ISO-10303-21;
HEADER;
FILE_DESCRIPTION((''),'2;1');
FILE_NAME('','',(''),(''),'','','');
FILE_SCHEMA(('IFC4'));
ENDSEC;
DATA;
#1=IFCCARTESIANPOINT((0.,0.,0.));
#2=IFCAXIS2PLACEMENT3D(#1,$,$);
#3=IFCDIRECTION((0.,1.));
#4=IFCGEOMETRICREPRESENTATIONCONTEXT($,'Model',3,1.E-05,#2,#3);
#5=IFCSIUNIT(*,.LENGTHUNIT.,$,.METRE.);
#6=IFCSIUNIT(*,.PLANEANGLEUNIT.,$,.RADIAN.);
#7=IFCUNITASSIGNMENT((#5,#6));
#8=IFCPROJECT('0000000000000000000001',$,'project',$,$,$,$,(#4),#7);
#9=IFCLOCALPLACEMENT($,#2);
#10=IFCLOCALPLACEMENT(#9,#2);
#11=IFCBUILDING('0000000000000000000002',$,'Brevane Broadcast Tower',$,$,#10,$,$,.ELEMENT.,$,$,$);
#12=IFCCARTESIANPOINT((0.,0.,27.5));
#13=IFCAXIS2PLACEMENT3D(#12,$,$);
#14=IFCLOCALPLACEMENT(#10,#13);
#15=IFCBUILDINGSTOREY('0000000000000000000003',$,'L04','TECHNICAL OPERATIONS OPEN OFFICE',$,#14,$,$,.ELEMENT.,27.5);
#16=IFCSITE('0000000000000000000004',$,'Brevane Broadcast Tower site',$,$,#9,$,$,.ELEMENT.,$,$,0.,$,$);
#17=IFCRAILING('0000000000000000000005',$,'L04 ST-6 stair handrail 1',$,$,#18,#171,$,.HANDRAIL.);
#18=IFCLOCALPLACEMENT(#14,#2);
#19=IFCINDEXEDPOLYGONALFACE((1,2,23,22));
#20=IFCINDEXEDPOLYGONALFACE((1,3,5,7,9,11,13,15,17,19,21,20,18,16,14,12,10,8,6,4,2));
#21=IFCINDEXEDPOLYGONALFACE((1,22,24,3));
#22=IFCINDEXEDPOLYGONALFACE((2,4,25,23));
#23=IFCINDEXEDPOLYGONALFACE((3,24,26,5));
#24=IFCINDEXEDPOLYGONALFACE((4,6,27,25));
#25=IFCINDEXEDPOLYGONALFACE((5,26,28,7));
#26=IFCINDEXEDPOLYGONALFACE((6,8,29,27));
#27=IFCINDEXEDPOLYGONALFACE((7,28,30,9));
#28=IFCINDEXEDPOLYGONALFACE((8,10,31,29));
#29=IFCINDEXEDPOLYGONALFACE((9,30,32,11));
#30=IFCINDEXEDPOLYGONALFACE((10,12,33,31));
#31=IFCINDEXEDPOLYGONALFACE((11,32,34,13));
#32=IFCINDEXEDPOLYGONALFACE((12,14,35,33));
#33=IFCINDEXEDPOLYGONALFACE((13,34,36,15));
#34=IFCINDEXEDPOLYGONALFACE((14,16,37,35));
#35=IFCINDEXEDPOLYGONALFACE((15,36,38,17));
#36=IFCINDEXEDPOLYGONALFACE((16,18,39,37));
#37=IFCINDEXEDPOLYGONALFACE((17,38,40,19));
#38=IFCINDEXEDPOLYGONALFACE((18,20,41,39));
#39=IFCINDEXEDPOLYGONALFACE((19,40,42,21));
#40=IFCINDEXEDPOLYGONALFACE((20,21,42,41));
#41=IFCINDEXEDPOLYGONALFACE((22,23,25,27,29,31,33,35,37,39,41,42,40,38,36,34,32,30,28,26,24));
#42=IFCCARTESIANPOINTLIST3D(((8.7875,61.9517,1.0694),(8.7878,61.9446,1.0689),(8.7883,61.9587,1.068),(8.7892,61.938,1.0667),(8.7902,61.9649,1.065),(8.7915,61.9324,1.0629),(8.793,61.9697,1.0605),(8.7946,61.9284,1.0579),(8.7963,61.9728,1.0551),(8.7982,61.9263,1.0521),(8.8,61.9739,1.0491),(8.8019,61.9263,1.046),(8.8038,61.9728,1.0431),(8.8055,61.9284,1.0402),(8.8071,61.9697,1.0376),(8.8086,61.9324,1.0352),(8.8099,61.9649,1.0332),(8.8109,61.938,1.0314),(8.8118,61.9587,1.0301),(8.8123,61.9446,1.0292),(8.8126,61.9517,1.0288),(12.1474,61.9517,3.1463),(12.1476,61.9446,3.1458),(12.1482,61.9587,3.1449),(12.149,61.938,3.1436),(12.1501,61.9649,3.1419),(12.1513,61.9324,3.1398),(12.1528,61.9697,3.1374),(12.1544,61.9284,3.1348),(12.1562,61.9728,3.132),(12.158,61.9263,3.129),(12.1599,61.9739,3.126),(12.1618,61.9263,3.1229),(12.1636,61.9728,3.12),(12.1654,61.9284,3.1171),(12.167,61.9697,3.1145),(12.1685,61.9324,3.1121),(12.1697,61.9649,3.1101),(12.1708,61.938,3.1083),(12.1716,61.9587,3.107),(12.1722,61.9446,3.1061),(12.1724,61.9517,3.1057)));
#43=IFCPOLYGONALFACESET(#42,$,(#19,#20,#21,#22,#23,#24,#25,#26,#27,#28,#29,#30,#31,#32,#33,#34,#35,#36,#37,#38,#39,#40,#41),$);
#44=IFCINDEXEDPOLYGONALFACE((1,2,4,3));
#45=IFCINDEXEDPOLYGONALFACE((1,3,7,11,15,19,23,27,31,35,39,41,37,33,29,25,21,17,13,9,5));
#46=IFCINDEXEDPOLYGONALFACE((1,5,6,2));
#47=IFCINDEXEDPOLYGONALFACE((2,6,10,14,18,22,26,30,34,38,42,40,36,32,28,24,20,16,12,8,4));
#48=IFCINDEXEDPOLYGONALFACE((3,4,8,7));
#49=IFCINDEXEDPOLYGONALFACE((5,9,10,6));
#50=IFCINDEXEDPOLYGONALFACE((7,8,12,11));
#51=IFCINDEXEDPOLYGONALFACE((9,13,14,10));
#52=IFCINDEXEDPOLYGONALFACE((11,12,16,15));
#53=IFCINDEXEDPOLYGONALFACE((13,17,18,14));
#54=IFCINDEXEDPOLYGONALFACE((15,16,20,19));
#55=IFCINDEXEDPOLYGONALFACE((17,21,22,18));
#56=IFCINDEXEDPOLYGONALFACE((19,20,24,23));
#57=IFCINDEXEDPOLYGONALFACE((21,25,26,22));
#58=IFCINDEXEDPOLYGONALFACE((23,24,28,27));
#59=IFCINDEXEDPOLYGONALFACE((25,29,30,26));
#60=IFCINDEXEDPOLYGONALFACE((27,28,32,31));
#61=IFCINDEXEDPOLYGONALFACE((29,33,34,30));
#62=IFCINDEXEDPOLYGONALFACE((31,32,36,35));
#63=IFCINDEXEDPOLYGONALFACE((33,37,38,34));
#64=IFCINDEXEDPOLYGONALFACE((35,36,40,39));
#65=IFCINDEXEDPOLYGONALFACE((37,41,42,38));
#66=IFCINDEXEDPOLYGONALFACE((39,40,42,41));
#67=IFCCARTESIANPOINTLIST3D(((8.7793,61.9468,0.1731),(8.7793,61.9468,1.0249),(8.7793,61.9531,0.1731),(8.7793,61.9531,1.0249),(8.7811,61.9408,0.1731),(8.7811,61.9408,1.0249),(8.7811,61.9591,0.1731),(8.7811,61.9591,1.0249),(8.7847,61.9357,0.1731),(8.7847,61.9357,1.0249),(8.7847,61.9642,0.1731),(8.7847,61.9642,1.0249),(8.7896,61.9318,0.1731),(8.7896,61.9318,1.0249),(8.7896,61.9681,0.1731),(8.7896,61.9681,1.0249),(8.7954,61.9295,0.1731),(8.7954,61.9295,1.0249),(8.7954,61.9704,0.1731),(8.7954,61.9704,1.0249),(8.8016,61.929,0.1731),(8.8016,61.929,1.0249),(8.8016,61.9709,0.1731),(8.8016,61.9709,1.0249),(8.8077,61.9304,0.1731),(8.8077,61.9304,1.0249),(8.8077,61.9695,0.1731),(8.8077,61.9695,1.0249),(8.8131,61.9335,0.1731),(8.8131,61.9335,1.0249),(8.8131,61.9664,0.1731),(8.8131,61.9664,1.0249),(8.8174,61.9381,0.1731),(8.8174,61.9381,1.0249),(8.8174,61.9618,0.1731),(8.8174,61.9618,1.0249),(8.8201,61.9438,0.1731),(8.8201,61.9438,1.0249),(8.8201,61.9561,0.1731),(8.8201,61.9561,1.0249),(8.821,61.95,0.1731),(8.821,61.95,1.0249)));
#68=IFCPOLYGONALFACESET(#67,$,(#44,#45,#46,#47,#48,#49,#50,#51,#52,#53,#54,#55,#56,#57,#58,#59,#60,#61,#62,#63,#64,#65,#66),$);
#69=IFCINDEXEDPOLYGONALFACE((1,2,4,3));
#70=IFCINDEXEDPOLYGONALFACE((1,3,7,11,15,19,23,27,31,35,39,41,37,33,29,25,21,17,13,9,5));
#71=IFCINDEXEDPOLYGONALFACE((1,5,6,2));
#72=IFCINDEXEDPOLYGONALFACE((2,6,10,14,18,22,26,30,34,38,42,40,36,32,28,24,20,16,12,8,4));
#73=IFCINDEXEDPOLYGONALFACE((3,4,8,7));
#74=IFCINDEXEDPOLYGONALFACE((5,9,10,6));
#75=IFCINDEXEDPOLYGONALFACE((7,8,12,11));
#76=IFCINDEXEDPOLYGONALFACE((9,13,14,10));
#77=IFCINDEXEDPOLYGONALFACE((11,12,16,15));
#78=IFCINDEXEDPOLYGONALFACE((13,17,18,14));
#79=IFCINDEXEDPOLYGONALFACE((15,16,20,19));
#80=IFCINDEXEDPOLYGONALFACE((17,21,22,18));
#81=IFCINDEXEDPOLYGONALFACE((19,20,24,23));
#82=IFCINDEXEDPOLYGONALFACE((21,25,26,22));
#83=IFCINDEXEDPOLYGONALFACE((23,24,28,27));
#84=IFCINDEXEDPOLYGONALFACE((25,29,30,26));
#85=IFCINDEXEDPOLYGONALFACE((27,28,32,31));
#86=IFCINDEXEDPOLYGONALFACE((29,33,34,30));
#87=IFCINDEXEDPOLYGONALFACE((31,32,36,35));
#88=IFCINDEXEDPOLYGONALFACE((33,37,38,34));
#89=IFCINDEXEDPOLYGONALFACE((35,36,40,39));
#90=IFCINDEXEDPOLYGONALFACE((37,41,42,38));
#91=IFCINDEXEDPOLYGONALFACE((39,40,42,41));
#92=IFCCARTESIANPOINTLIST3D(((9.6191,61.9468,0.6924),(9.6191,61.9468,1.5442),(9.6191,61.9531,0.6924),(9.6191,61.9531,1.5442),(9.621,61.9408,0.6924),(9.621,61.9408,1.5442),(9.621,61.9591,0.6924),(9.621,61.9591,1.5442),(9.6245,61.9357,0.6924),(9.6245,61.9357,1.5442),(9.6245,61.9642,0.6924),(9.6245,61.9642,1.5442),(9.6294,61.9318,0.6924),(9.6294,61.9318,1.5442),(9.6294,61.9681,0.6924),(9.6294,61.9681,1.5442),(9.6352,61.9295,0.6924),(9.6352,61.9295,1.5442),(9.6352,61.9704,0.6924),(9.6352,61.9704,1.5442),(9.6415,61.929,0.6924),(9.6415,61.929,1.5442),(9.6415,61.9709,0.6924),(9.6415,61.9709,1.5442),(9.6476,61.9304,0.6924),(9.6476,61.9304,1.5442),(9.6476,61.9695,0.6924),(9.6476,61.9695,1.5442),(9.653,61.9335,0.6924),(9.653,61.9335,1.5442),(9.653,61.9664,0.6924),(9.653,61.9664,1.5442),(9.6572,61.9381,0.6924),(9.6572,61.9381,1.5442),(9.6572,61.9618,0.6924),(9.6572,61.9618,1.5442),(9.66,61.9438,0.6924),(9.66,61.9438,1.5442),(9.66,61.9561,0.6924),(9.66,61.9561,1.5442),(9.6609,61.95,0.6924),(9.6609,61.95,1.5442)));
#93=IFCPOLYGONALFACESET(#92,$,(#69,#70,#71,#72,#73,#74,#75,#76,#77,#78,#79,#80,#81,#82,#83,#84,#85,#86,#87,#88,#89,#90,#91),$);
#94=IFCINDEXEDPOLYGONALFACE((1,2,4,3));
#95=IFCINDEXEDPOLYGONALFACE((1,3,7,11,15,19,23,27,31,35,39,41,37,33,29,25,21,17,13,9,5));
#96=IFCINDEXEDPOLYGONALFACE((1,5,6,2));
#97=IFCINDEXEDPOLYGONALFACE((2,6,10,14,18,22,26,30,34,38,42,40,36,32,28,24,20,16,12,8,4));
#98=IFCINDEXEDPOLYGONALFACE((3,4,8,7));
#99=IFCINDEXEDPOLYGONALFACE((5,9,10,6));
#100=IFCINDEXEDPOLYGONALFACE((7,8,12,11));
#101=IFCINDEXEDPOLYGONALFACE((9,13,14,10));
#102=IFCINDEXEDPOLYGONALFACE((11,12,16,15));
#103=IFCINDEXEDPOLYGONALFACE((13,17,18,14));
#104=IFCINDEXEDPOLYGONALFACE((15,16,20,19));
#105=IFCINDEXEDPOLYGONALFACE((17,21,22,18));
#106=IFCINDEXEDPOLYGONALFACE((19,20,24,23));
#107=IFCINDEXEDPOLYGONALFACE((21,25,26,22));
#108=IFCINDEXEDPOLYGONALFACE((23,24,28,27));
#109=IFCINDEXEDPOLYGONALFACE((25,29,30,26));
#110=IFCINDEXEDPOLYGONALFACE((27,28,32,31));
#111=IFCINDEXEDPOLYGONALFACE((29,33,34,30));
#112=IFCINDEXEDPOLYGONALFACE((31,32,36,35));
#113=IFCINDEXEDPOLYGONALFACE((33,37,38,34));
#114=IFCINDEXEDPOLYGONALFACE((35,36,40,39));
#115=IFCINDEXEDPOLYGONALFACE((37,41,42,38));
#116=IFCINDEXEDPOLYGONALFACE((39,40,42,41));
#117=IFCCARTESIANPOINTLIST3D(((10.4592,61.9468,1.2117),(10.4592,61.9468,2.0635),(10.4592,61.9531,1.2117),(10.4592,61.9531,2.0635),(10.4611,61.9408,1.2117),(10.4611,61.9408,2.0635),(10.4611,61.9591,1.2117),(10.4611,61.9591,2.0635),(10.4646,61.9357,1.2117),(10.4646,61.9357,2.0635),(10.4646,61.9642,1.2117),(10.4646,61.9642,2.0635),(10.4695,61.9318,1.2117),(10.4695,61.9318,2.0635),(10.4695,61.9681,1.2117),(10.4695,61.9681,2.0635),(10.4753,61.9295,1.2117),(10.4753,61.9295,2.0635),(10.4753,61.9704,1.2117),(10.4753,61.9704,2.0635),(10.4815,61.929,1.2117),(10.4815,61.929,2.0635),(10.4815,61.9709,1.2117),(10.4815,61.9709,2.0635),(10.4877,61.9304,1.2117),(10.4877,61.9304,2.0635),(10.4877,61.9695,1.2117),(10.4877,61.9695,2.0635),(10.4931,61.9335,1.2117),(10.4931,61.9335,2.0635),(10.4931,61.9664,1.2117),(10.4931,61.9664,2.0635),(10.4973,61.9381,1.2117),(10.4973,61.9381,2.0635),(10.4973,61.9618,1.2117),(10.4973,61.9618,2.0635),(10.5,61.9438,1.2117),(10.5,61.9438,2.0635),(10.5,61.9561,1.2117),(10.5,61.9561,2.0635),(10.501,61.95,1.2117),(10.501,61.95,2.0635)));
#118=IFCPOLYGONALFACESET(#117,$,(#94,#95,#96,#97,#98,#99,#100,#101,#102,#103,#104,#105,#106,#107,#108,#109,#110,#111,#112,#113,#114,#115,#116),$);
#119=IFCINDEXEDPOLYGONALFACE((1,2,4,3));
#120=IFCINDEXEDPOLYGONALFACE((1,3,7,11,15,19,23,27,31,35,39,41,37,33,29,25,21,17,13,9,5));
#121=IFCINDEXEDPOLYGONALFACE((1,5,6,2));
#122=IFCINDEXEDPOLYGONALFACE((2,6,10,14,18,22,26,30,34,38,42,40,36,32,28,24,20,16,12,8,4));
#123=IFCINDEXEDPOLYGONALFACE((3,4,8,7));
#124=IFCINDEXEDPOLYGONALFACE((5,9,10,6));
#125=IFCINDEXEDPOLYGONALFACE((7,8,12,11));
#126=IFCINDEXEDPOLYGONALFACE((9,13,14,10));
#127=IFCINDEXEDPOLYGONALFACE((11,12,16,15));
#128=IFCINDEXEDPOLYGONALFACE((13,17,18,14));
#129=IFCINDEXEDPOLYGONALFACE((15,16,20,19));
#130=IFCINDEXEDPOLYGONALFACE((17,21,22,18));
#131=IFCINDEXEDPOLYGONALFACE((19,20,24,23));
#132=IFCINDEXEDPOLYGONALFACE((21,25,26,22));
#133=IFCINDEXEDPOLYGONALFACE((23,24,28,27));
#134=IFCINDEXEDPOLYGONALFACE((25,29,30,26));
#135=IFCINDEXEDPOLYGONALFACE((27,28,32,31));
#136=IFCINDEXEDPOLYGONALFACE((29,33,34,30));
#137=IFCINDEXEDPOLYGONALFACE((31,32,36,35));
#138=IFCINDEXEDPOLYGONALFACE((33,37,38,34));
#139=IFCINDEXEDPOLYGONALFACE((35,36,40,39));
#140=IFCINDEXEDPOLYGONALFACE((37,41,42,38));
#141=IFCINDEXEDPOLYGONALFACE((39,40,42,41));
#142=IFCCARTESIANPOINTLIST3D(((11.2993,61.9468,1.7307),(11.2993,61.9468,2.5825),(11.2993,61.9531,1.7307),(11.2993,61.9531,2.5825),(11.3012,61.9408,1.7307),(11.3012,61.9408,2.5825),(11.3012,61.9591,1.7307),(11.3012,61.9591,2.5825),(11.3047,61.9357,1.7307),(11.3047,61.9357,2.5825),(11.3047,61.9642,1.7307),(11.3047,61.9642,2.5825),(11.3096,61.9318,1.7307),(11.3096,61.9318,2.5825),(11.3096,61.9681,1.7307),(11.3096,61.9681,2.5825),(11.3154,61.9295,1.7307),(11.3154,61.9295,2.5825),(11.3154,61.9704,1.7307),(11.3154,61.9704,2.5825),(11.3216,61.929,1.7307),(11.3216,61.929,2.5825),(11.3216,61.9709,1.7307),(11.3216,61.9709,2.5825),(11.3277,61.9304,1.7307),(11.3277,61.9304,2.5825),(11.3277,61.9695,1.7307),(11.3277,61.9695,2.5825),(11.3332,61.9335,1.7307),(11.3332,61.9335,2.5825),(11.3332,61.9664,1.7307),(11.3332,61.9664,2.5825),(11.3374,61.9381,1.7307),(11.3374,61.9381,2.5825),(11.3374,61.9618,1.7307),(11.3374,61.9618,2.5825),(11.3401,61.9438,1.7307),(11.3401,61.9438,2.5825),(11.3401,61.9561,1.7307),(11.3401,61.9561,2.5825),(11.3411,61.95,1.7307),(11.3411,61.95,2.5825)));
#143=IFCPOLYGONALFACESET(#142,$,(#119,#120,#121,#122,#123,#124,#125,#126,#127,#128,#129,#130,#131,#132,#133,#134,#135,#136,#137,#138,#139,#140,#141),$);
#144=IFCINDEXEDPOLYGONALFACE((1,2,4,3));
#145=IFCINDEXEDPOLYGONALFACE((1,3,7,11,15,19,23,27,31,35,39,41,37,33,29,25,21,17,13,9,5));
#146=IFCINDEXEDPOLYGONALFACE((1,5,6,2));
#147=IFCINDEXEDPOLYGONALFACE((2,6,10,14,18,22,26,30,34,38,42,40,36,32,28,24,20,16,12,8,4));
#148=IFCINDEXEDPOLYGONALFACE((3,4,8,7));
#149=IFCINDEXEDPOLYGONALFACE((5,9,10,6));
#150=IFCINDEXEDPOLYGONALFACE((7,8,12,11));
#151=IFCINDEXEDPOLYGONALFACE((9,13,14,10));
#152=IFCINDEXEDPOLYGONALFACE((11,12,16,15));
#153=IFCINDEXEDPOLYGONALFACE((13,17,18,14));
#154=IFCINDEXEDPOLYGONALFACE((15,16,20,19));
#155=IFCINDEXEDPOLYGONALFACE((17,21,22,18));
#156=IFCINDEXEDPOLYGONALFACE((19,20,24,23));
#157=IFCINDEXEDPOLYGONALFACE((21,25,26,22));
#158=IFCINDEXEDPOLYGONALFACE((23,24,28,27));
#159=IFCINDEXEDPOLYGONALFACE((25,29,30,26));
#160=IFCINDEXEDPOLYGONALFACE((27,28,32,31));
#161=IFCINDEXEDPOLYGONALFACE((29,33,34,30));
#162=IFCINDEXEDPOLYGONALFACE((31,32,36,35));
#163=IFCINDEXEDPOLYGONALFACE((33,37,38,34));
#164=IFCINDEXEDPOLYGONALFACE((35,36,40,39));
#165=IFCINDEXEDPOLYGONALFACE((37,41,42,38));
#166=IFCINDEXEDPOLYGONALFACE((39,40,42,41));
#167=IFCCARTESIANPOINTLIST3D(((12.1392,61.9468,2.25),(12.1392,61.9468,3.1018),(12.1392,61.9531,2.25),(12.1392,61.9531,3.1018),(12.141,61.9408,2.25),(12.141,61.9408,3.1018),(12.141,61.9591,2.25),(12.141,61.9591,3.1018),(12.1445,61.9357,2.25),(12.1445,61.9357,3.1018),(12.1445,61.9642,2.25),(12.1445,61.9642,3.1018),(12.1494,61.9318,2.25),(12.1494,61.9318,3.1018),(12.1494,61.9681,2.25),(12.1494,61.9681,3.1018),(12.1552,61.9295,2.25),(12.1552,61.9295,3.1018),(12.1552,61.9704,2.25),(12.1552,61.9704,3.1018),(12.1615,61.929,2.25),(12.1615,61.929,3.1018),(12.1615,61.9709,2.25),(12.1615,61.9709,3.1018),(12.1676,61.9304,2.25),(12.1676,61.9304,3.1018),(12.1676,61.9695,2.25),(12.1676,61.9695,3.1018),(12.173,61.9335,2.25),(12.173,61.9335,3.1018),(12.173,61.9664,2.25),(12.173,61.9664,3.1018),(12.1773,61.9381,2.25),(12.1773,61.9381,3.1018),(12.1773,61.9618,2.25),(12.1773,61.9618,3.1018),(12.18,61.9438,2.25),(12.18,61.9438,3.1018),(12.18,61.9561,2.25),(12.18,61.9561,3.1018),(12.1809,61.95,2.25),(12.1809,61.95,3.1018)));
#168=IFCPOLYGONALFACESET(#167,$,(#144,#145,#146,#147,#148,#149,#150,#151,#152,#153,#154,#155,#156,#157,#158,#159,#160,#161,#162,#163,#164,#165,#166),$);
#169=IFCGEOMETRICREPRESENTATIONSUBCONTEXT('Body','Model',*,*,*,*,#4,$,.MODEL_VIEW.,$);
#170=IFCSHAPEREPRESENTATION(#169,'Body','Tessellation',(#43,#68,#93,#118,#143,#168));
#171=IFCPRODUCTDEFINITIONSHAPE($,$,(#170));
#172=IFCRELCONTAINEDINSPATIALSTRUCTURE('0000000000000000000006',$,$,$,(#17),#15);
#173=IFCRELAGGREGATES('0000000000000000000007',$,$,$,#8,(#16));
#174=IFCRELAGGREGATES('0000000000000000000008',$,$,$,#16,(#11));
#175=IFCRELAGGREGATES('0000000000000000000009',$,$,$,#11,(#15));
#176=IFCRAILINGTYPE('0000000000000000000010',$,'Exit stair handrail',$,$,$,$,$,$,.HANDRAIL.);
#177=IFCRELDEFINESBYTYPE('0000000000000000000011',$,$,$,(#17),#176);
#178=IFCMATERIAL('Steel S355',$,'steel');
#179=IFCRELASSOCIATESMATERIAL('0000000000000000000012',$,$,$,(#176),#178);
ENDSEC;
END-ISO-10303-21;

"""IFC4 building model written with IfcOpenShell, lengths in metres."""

from ifc_helpers import new_model, si_unit, direction, frame, origin, origin_2d, place, context, subcontext, project, spatial, circle, extrude, material, type_object, element, save


model = new_model("IFC4")

# Units and contexts
model_context = context("Model", 3, precision=1e-05, world=origin(), true_north=direction((0.0, 1.0)))
body_context = subcontext(model_context, "Body", "Model", "MODEL_VIEW")
ifc_project = project(units=[si_unit("LENGTHUNIT", "METRE"), si_unit("PLANEANGLEUNIT", "RADIAN")], contexts=[model_context])

# Site, building, storey
site_placement = place(None, origin())
site = spatial("IfcSite", under=ifc_project, at=site_placement, Name="Brevane Broadcast Tower site", CompositionType="ELEMENT", RefElevation=0.0)
building_placement = place(site_placement, origin())
building = spatial("IfcBuilding", under=site, at=building_placement, Name="Brevane Broadcast Tower", CompositionType="ELEMENT")
storey_placement = place(building_placement, frame((0.0, 0.0, 27.5)))
storey = spatial("IfcBuildingStorey", under=building, at=storey_placement, Name="L04", Description="TECHNICAL OPERATIONS OPEN OFFICE", CompositionType="ELEMENT", Elevation=27.5)

# Railing
ifc_material_1 = material(Name="Steel S355", Category="steel")
railing_type_1 = type_object("IfcRailingType", Name="Exit stair handrail", PredefinedType="HANDRAIL", material=ifc_material_1)
railing_1_placement = place(storey_placement, frame((8.8, 61.95, 0.1731)))
element("IfcRailing", 1, at=railing_1_placement, inside=storey, type_object=railing_type_1, Name="L04 ST-6 stair handrail 1", PredefinedType="HANDRAIL", context=body_context, shape_type="SweptSolid", body=[
    extrude(circle(Radius=0.0239, at=origin_2d()), frame((0.0, 0.0, 0.876), z_axis=(0.850606, 0.0, 0.525803), x_axis=(0.0, 1.0, 0.0)), (0.0, 0.0, 1.0), 3.95),
    extrude(circle(Radius=0.021, at=origin_2d()), origin(), (0.0, 0.0, 1.0), 0.8518),
    extrude(circle(Radius=0.021, at=origin_2d()), frame((0.8398, 0.0, 0.5193)), (0.0, 0.0, 1.0), 0.8518),
    extrude(circle(Radius=0.021, at=origin_2d()), frame((1.6799, 0.0, 1.0386)), (0.0, 0.0, 1.0), 0.8518),
    extrude(circle(Radius=0.021, at=origin_2d()), frame((2.52, 0.0, 1.5576)), (0.0, 0.0, 1.0), 0.8518),
    extrude(circle(Radius=0.021, at=origin_2d()), frame((3.3599, 0.0, 2.0769)), (0.0, 0.0, 1.0), 0.8518),
])

save(model, "model.ifc")
